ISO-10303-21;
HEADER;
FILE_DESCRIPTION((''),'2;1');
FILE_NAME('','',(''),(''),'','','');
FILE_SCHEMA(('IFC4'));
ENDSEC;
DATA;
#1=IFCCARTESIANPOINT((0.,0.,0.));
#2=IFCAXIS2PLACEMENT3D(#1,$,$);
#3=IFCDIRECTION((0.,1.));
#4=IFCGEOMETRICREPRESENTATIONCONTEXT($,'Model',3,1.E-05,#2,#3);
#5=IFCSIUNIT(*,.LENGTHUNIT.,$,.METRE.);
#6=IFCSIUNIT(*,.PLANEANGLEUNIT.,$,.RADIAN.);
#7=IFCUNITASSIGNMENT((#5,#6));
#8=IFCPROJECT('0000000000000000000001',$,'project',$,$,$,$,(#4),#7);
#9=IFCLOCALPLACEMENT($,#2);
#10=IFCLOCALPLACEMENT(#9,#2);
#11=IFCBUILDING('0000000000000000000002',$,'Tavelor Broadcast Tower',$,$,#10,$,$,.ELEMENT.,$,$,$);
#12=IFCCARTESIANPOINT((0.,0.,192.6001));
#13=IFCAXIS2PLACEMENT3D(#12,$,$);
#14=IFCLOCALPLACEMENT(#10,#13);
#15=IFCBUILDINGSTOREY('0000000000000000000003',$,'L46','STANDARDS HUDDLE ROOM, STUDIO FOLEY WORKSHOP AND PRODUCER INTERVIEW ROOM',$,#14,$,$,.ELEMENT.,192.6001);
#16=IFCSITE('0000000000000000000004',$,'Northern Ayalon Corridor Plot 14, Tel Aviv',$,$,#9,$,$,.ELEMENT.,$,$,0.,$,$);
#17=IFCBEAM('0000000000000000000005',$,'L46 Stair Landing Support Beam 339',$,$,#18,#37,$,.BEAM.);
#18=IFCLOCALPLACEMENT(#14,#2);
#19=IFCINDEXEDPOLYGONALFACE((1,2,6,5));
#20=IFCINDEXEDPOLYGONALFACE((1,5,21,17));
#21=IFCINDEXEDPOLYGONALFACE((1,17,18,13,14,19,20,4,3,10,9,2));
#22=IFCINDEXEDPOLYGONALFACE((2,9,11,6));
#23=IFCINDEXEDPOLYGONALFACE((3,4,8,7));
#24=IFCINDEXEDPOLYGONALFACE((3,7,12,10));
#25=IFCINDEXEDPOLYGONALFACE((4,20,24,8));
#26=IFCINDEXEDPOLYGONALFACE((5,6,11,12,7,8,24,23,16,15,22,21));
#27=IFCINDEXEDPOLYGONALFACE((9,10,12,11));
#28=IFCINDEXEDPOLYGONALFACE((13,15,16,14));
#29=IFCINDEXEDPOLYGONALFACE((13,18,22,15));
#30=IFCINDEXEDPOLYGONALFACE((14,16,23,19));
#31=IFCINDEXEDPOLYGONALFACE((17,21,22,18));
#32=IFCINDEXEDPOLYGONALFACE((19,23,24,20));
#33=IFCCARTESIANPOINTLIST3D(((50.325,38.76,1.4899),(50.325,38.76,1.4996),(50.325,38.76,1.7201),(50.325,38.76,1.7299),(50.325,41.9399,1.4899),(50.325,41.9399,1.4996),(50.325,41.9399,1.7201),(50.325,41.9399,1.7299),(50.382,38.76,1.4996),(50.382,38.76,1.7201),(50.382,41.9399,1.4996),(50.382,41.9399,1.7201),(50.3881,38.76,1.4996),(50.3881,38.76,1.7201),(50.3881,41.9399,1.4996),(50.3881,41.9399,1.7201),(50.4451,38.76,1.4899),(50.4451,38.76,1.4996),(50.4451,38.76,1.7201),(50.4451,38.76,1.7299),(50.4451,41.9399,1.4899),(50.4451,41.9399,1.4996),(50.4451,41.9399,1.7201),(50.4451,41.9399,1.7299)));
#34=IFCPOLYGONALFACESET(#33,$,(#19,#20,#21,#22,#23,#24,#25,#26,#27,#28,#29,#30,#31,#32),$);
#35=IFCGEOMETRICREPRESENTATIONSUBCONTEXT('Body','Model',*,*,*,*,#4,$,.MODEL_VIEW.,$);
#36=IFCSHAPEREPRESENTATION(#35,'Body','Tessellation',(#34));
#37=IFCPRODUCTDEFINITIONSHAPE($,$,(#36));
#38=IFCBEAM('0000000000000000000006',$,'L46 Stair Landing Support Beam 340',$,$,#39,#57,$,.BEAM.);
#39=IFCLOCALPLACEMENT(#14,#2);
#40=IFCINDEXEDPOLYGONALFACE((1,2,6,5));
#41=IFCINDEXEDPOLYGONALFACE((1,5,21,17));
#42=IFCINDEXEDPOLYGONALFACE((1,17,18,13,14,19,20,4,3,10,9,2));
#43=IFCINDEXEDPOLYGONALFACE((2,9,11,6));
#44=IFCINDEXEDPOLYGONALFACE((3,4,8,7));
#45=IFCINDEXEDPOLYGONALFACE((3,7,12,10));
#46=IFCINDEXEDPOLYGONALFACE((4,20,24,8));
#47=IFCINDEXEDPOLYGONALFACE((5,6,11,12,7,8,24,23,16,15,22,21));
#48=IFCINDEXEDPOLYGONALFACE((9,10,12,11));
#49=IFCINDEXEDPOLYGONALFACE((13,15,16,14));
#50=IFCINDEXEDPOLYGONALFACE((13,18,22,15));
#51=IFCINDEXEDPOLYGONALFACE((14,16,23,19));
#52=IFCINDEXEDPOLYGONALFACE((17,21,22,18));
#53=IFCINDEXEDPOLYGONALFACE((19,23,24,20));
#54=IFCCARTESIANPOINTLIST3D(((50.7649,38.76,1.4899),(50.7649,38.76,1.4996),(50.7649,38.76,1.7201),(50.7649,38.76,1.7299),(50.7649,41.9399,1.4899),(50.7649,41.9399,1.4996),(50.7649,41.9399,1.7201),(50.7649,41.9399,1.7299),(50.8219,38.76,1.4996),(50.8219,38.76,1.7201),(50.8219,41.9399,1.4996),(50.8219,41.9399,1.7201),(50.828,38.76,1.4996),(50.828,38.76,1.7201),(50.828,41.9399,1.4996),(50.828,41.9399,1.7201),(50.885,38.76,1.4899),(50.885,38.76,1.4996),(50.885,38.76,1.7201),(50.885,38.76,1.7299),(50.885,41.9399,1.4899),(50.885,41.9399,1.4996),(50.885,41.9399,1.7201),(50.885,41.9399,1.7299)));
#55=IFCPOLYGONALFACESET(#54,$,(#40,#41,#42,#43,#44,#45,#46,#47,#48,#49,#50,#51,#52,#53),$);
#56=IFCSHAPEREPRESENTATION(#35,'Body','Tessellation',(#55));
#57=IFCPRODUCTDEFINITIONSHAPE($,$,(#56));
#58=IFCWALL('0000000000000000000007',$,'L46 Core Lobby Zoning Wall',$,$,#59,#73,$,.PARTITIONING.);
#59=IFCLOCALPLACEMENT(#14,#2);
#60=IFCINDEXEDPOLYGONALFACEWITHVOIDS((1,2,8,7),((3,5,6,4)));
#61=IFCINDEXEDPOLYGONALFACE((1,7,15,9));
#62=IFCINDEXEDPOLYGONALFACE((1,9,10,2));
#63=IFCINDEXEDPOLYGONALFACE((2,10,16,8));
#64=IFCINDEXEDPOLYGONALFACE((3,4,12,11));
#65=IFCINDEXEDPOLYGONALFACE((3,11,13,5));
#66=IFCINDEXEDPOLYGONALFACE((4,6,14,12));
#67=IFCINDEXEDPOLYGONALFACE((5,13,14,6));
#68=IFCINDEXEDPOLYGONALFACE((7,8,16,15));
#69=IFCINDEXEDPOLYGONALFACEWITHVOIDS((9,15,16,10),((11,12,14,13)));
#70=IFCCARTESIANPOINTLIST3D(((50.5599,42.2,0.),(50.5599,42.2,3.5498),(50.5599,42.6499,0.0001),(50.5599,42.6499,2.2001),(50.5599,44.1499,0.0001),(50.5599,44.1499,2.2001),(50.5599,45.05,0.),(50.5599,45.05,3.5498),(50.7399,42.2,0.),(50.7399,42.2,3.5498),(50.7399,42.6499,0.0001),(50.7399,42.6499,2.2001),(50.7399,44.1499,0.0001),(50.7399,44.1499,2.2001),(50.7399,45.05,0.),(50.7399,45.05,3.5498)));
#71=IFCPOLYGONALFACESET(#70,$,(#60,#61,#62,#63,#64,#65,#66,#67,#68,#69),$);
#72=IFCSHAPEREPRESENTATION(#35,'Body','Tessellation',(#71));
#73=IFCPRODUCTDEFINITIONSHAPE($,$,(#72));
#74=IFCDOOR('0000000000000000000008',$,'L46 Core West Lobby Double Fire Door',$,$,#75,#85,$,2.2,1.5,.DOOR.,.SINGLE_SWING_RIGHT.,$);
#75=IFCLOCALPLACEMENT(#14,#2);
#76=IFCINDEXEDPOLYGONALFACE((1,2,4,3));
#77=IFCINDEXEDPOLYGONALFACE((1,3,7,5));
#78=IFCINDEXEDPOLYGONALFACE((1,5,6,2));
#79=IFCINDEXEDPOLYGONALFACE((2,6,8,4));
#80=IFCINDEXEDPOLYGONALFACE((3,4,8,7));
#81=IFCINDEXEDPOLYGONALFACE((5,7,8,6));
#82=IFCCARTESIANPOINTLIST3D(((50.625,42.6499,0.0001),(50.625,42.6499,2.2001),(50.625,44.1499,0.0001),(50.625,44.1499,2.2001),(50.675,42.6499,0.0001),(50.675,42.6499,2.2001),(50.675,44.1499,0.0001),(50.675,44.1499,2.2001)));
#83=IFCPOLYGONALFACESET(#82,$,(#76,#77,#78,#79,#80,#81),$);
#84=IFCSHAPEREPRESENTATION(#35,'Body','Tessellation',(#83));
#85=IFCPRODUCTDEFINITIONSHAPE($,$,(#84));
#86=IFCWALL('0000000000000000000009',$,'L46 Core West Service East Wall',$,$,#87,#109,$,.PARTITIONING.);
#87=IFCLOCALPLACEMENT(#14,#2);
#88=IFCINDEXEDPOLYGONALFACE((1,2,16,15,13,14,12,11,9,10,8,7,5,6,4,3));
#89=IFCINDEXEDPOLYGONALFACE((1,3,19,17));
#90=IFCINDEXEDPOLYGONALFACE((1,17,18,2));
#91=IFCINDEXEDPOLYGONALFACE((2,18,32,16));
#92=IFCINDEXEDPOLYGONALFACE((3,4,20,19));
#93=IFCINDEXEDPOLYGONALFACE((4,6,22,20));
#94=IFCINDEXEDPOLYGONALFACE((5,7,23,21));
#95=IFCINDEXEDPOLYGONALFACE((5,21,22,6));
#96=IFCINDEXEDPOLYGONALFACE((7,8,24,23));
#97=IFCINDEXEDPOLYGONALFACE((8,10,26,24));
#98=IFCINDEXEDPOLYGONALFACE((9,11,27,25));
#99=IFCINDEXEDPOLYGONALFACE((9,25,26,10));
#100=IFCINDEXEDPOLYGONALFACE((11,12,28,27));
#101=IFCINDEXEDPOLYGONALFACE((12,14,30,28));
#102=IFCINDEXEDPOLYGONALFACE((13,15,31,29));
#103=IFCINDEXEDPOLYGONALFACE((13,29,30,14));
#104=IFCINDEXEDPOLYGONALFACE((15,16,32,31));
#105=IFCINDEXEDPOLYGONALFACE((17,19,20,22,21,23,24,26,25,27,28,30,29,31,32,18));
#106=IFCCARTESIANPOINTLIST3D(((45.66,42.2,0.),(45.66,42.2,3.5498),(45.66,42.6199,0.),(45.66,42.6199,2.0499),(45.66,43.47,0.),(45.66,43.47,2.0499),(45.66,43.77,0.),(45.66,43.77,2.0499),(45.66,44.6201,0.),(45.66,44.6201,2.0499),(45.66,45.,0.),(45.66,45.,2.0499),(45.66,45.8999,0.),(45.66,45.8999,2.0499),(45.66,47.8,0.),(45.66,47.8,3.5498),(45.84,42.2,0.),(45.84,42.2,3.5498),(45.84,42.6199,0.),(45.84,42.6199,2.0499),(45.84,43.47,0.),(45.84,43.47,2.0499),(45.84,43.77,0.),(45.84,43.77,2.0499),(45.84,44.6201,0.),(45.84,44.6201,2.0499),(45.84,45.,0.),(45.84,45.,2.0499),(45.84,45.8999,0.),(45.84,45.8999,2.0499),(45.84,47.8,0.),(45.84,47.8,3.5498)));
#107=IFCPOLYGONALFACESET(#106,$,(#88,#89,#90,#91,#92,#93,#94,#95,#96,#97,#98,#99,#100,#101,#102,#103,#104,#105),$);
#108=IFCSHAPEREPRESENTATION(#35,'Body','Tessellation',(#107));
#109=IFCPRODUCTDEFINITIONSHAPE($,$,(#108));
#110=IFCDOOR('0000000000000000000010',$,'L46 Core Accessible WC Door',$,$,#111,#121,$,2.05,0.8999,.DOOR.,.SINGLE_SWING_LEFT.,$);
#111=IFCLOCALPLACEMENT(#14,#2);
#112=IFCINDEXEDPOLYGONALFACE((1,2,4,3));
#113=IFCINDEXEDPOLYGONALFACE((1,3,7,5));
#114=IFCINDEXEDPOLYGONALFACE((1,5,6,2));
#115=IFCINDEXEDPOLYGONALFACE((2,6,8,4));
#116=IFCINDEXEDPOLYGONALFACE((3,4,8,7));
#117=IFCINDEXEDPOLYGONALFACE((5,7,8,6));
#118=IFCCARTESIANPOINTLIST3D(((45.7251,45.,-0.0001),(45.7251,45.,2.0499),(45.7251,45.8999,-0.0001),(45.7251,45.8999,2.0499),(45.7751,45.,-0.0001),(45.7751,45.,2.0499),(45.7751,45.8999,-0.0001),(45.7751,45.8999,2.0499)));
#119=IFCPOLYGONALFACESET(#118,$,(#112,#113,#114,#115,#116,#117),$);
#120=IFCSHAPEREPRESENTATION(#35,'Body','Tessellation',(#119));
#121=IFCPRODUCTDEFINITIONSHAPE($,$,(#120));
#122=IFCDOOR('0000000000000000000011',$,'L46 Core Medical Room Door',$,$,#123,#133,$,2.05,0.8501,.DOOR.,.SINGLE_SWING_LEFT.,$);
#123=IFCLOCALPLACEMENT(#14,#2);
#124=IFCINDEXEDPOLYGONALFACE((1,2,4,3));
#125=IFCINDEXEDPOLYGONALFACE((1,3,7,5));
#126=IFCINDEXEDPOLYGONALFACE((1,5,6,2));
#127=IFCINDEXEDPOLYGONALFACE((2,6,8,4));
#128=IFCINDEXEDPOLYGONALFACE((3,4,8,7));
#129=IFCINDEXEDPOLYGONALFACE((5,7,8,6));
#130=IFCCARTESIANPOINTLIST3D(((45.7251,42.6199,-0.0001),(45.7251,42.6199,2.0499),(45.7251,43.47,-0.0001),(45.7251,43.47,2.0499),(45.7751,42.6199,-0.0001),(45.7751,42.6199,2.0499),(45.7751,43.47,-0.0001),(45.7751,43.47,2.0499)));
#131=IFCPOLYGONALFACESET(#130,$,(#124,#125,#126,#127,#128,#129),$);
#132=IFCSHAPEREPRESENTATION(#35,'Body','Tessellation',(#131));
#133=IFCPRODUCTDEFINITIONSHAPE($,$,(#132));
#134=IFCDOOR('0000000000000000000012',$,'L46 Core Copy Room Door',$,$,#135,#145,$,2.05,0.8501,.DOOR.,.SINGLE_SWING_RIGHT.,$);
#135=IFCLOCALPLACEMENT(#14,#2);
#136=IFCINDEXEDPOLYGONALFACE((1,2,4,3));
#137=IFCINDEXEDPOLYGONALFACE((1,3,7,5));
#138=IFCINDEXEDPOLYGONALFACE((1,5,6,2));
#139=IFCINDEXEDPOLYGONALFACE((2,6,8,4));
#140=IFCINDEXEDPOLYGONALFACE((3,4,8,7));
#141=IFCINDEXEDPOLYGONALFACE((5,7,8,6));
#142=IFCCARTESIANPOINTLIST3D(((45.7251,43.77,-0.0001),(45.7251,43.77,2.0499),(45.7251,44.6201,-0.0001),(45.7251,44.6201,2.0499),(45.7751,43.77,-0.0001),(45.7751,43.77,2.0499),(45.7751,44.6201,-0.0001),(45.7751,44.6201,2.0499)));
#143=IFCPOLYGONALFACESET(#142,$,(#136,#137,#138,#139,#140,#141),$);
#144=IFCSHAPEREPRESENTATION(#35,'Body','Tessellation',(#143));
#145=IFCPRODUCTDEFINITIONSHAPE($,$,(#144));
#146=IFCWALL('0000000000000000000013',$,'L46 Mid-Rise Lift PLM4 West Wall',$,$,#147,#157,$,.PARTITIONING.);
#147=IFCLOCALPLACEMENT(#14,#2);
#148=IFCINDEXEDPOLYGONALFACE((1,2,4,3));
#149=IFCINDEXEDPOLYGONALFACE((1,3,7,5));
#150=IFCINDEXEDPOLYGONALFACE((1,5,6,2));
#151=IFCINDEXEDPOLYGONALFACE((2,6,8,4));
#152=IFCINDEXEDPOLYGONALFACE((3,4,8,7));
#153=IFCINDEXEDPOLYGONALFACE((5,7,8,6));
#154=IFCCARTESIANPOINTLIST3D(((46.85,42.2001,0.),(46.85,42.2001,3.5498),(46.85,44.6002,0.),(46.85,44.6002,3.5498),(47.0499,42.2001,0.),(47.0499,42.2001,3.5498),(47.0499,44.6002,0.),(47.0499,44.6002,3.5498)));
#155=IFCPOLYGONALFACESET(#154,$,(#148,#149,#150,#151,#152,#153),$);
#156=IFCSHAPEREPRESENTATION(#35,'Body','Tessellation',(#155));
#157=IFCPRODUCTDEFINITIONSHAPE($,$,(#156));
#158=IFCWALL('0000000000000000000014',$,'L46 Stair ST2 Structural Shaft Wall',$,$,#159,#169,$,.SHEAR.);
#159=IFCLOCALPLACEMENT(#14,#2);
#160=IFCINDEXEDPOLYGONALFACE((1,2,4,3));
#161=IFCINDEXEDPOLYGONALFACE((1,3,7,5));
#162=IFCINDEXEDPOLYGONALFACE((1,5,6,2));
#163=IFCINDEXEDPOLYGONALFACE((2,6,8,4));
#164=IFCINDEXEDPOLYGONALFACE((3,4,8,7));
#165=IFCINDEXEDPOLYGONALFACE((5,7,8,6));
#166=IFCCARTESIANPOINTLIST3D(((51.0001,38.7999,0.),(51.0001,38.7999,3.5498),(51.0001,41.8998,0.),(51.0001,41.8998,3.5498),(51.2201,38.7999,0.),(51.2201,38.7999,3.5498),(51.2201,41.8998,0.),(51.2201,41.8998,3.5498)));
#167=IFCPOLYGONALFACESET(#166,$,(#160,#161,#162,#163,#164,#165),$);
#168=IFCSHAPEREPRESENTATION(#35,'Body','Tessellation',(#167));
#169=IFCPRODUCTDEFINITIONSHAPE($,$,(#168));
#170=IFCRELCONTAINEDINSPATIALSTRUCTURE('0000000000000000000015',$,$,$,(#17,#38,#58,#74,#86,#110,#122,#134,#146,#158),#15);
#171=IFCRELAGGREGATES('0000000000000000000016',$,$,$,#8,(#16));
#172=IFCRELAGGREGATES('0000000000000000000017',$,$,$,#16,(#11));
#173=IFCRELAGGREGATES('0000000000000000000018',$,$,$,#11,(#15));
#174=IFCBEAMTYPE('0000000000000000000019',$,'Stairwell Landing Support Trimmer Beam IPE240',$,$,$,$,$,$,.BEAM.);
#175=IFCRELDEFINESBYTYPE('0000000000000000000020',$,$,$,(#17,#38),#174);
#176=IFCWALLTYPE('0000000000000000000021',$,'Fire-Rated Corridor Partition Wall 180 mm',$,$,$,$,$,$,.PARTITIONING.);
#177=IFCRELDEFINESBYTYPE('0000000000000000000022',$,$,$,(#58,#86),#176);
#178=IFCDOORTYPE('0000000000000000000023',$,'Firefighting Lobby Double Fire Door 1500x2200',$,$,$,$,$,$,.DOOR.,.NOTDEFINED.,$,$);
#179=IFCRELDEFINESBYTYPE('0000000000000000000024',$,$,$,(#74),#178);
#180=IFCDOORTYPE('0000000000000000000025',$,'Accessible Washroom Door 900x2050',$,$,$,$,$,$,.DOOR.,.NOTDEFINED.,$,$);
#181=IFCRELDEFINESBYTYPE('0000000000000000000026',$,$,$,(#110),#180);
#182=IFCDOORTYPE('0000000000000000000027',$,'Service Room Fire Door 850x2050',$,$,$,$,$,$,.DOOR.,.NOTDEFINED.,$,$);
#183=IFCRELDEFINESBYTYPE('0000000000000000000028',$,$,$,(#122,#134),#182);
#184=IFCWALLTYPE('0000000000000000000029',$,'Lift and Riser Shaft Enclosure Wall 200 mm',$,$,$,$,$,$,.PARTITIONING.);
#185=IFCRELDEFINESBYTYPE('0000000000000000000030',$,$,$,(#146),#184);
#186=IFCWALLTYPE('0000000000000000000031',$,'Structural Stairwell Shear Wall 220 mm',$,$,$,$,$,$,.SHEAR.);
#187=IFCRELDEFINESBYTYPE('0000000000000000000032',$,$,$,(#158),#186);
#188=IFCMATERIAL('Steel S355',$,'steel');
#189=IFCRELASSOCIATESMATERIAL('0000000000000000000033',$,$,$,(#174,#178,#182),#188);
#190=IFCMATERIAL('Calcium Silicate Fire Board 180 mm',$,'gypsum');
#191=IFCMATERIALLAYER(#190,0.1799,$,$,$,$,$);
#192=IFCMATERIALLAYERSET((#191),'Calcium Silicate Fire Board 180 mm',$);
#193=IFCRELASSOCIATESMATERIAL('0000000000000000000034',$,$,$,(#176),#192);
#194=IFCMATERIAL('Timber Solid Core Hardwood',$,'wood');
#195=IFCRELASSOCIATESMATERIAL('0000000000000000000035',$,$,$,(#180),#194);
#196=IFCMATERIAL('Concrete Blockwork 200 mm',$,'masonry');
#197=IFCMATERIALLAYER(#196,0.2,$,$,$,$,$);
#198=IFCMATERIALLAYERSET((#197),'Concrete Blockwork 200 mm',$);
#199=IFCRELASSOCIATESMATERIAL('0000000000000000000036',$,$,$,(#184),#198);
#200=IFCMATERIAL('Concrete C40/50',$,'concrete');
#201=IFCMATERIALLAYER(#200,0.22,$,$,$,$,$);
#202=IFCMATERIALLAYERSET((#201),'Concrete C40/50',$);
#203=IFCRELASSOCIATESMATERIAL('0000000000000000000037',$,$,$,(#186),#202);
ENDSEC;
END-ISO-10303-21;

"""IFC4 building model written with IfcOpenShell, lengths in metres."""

from ifc_helpers import new_model, si_unit, direction, frame, frame_2d, origin, origin_2d, place, context, subcontext, project, spatial, rectangle, i_section, extrude, material, layer, layer_set, material_profile, profile_set, type_object, element, fill, save


model = new_model("IFC4")

# Units and contexts
model_context = context("Model", 3, precision=1e-05, world=origin(), true_north=direction((0.0, 1.0)))
body_context = subcontext(model_context, "Body", "Model", "MODEL_VIEW")
ifc_project = project(units=[si_unit("LENGTHUNIT", "METRE"), si_unit("PLANEANGLEUNIT", "RADIAN")], contexts=[model_context])

# Site, building, storey
site_placement = place(None, origin())
site = spatial("IfcSite", under=ifc_project, at=site_placement, Name="Northern Ayalon Corridor Plot 14, Tel Aviv", CompositionType="ELEMENT", RefElevation=0.0)
building_placement = place(site_placement, origin())
building = spatial("IfcBuilding", under=site, at=building_placement, Name="Tavelor Broadcast Tower", CompositionType="ELEMENT")
storey_placement = place(building_placement, frame((0.0, 0.0, 192.6001)))
storey = spatial("IfcBuildingStorey", under=building, at=storey_placement, Name="L46", Description="STANDARDS HUDDLE ROOM, STUDIO FOLEY WORKSHOP AND PRODUCER INTERVIEW ROOM", CompositionType="ELEMENT", Elevation=192.6001)

# Beams
ifc_material_1 = material(Name="Steel S355", Category="steel")
ifc_material_profile = material_profile(ifc_material_1, i_section(OverallWidth=0.1201, OverallDepth=0.24, WebThickness=0.0061, FlangeThickness=0.0098, at=origin_2d()), Name="IPE 240")
ifc_profile_set = profile_set([ifc_material_profile], Name="Steel S355")
beam_type = type_object("IfcBeamType", Name="Stairwell Landing Support Trimmer Beam IPE240", PredefinedType="BEAM", material=ifc_profile_set)
for number, where, z_axis, x_axis, name in (
    (1, (50.385, 38.76, 1.6099), (0.0, 1.0, 0.0), (-1.0, 0.0, 0.0), "L46 Stair Landing Support Beam 339"),
    (2, (50.825, 38.76, 1.6099), (0.0, 1.0, 0.0), (-1.0, 0.0, 0.0), "L46 Stair Landing Support Beam 340"),
):
    element("IfcBeam", number, at=place(storey_placement, frame(where, z_axis=z_axis, x_axis=x_axis)), inside=storey, type_object=beam_type, Name=name, PredefinedType="BEAM", context=body_context, shape_type="SweptSolid", body=[
        extrude(i_section(OverallWidth=0.1201, OverallDepth=0.24, WebThickness=0.0061, FlangeThickness=0.0098, at=origin_2d()), origin(), (0.0, 0.0, 1.0), 3.1799),
    ])

# Wall, opening, door
ifc_material_2 = material(Name="Calcium Silicate Fire Board 180 mm", Category="gypsum")
ifc_layer_1 = layer(ifc_material_2, 0.1799)
ifc_layer_set_1 = layer_set([ifc_layer_1], Name="Calcium Silicate Fire Board 180 mm")
wall_type_1 = type_object("IfcWallType", Name="Fire-Rated Corridor Partition Wall 180 mm", PredefinedType="PARTITIONING", material=ifc_layer_set_1)
wall_1_placement = place(storey_placement, frame((50.6499, 42.2, 0.0), z_axis=(0.0, 0.0, 1.0), x_axis=(0.0, 1.0, 0.0)))
wall_1 = element("IfcWall", 3, at=wall_1_placement, inside=storey, type_object=wall_type_1, Name="L46 Core Lobby Zoning Wall", PredefinedType="PARTITIONING", context=body_context, shape_type="SweptSolid", body=[
    extrude(rectangle(XDim=2.8501, YDim=0.1799, at=frame_2d((1.425, 0.0))), origin(), (0.0, 0.0, 1.0), 3.5498),
])
opening_1_placement = place(wall_1_placement, frame((0.45, 0.0, 0.0)))
opening_1 = element("IfcOpeningElement", 4, at=opening_1_placement, cuts=wall_1, PredefinedType="OPENING", context=body_context, shape_type="SweptSolid", body=[
    extrude(rectangle(XDim=1.5, YDim=2.2, at=frame_2d((0.75, 1.1001))), frame((0.0, 0.1001, 0.0), z_axis=(0.0, -1.0, 0.0), x_axis=(1.0, 0.0, 0.0)), (0.0, 0.0, 1.0), 0.2),
])
door_type_1 = type_object("IfcDoorType", Name="Firefighting Lobby Double Fire Door 1500x2200", OperationType="NOTDEFINED", PredefinedType="DOOR", material=ifc_material_1)
door_1_placement = place(opening_1_placement, origin())
door_1 = element("IfcDoor", 5, at=door_1_placement, inside=storey, type_object=door_type_1, Name="L46 Core West Lobby Double Fire Door", OperationType="SINGLE_SWING_RIGHT", OverallHeight=2.2, OverallWidth=1.5, PredefinedType="DOOR", context=body_context, shape_type="SweptSolid", body=[
    extrude(rectangle(XDim=1.5, YDim=2.2, at=frame_2d((0.75, 1.1001))), frame((0.0, 0.0249, 0.0), z_axis=(0.0, -1.0, 0.0), x_axis=(1.0, 0.0, 0.0)), (0.0, 0.0, 1.0), 0.05),
])
fill(opening_1, door_1)

# Wall, openings, doors
wall_2_placement = place(storey_placement, frame((45.75, 42.2, 0.0), z_axis=(0.0, 0.0, 1.0), x_axis=(0.0, 1.0, 0.0)))
wall_2 = element("IfcWall", 6, at=wall_2_placement, inside=storey, type_object=wall_type_1, Name="L46 Core West Service East Wall", PredefinedType="PARTITIONING", context=body_context, shape_type="SweptSolid", body=[
    extrude(rectangle(XDim=5.6001, YDim=0.1799, at=frame_2d((2.8, 0.0))), origin(), (0.0, 0.0, 1.0), 3.5498),
])
opening_2_placement = place(wall_2_placement, frame((0.4199, 0.0, 0.0)))
opening_2 = element("IfcOpeningElement", 7, at=opening_2_placement, cuts=wall_2, PredefinedType="OPENING", context=body_context, shape_type="SweptSolid", body=[
    extrude(rectangle(XDim=0.8501, YDim=2.05, at=frame_2d((0.425, 1.0249))), frame((0.0, 0.1001, 0.0), z_axis=(0.0, -1.0, 0.0), x_axis=(1.0, 0.0, 0.0)), (0.0, 0.0, 1.0), 0.2),
])
opening_3_placement = place(wall_2_placement, frame((1.5701, 0.0, 0.0)))
opening_3 = element("IfcOpeningElement", 8, at=opening_3_placement, cuts=wall_2, PredefinedType="OPENING", context=body_context, shape_type="SweptSolid", body=[
    extrude(rectangle(XDim=0.8501, YDim=2.05, at=frame_2d((0.425, 1.0249))), frame((0.0, 0.1001, 0.0), z_axis=(0.0, -1.0, 0.0), x_axis=(1.0, 0.0, 0.0)), (0.0, 0.0, 1.0), 0.2),
])
opening_4_placement = place(wall_2_placement, frame((2.8, 0.0, 0.0)))
opening_4 = element("IfcOpeningElement", 9, at=opening_4_placement, cuts=wall_2, PredefinedType="OPENING", context=body_context, shape_type="SweptSolid", body=[
    extrude(rectangle(XDim=0.8999, YDim=2.05, at=frame_2d((0.45, 1.0249))), frame((0.0, 0.1001, 0.0), z_axis=(0.0, -1.0, 0.0), x_axis=(1.0, 0.0, 0.0)), (0.0, 0.0, 1.0), 0.2),
])
ifc_material_3 = material(Name="Timber Solid Core Hardwood", Category="wood")
door_type_2 = type_object("IfcDoorType", Name="Accessible Washroom Door 900x2050", OperationType="NOTDEFINED", PredefinedType="DOOR", material=ifc_material_3)
door_2_placement = place(opening_4_placement, origin())
door_2 = element("IfcDoor", 10, at=door_2_placement, inside=storey, type_object=door_type_2, Name="L46 Core Accessible WC Door", OperationType="SINGLE_SWING_LEFT", OverallHeight=2.05, OverallWidth=0.8999, PredefinedType="DOOR", context=body_context, shape_type="SweptSolid", body=[
    extrude(rectangle(XDim=0.8999, YDim=2.05, at=frame_2d((0.45, 1.0249))), frame((0.0, 0.0249, 0.0), z_axis=(0.0, -1.0, 0.0), x_axis=(1.0, 0.0, 0.0)), (0.0, 0.0, 1.0), 0.05),
])
fill(opening_4, door_2)
door_type_3 = type_object("IfcDoorType", Name="Service Room Fire Door 850x2050", OperationType="NOTDEFINED", PredefinedType="DOOR", material=ifc_material_1)
door_3_placement = place(opening_2_placement, origin())
door_3 = element("IfcDoor", 11, at=door_3_placement, inside=storey, type_object=door_type_3, Name="L46 Core Medical Room Door", OperationType="SINGLE_SWING_LEFT", OverallHeight=2.05, OverallWidth=0.8501, PredefinedType="DOOR", context=body_context, shape_type="SweptSolid", body=[
    extrude(rectangle(XDim=0.8501, YDim=2.05, at=frame_2d((0.425, 1.0249))), frame((0.0, 0.0249, 0.0), z_axis=(0.0, -1.0, 0.0), x_axis=(1.0, 0.0, 0.0)), (0.0, 0.0, 1.0), 0.05),
])
fill(opening_2, door_3)
door_4_placement = place(opening_3_placement, origin())
door_4 = element("IfcDoor", 12, at=door_4_placement, inside=storey, type_object=door_type_3, Name="L46 Core Copy Room Door", OperationType="SINGLE_SWING_RIGHT", OverallHeight=2.05, OverallWidth=0.8501, PredefinedType="DOOR", context=body_context, shape_type="SweptSolid", body=[
    extrude(rectangle(XDim=0.8501, YDim=2.05, at=frame_2d((0.425, 1.0249))), frame((0.0, 0.0249, 0.0), z_axis=(0.0, -1.0, 0.0), x_axis=(1.0, 0.0, 0.0)), (0.0, 0.0, 1.0), 0.05),
])
fill(opening_3, door_4)

# Shared definitions
ifc_material_4 = material(Name="Concrete Blockwork 200 mm", Category="masonry")

# Walls
ifc_layer_2 = layer(ifc_material_4, 0.2)
ifc_layer_set_2 = layer_set([ifc_layer_2], Name="Concrete Blockwork 200 mm")
wall_type_2 = type_object("IfcWallType", Name="Lift and Riser Shaft Enclosure Wall 200 mm", PredefinedType="PARTITIONING", material=ifc_layer_set_2)
wall_3_placement = place(storey_placement, frame((46.95, 42.2, 0.0), z_axis=(0.0, 0.0, 1.0), x_axis=(0.0, 1.0, 0.0)))
element("IfcWall", 13, at=wall_3_placement, inside=storey, type_object=wall_type_2, Name="L46 Mid-Rise Lift PLM4 West Wall", PredefinedType="PARTITIONING", context=body_context, shape_type="SweptSolid", body=[
    extrude(rectangle(XDim=2.4001, YDim=0.2, at=frame_2d((1.2002, 0.0))), origin(), (0.0, 0.0, 1.0), 3.5498),
])
ifc_material_5 = material(Name="Concrete C40/50", Category="concrete")
ifc_layer_3 = layer(ifc_material_5, 0.22)
ifc_layer_set_3 = layer_set([ifc_layer_3], Name="Concrete C40/50")
wall_type_3 = type_object("IfcWallType", Name="Structural Stairwell Shear Wall 220 mm", PredefinedType="SHEAR", material=ifc_layer_set_3)
wall_4_placement = place(storey_placement, frame((51.1101, 38.8, 0.0), z_axis=(0.0, 0.0, 1.0), x_axis=(0.0, 1.0, 0.0)))
element("IfcWall", 14, at=wall_4_placement, inside=storey, type_object=wall_type_3, Name="L46 Stair ST2 Structural Shaft Wall", PredefinedType="SHEAR", context=body_context, shape_type="SweptSolid", body=[
    extrude(rectangle(XDim=3.0999, YDim=0.22, at=frame_2d((1.5498, 0.0))), origin(), (0.0, 0.0, 1.0), 3.5498),
])

save(model, "model.ifc")
